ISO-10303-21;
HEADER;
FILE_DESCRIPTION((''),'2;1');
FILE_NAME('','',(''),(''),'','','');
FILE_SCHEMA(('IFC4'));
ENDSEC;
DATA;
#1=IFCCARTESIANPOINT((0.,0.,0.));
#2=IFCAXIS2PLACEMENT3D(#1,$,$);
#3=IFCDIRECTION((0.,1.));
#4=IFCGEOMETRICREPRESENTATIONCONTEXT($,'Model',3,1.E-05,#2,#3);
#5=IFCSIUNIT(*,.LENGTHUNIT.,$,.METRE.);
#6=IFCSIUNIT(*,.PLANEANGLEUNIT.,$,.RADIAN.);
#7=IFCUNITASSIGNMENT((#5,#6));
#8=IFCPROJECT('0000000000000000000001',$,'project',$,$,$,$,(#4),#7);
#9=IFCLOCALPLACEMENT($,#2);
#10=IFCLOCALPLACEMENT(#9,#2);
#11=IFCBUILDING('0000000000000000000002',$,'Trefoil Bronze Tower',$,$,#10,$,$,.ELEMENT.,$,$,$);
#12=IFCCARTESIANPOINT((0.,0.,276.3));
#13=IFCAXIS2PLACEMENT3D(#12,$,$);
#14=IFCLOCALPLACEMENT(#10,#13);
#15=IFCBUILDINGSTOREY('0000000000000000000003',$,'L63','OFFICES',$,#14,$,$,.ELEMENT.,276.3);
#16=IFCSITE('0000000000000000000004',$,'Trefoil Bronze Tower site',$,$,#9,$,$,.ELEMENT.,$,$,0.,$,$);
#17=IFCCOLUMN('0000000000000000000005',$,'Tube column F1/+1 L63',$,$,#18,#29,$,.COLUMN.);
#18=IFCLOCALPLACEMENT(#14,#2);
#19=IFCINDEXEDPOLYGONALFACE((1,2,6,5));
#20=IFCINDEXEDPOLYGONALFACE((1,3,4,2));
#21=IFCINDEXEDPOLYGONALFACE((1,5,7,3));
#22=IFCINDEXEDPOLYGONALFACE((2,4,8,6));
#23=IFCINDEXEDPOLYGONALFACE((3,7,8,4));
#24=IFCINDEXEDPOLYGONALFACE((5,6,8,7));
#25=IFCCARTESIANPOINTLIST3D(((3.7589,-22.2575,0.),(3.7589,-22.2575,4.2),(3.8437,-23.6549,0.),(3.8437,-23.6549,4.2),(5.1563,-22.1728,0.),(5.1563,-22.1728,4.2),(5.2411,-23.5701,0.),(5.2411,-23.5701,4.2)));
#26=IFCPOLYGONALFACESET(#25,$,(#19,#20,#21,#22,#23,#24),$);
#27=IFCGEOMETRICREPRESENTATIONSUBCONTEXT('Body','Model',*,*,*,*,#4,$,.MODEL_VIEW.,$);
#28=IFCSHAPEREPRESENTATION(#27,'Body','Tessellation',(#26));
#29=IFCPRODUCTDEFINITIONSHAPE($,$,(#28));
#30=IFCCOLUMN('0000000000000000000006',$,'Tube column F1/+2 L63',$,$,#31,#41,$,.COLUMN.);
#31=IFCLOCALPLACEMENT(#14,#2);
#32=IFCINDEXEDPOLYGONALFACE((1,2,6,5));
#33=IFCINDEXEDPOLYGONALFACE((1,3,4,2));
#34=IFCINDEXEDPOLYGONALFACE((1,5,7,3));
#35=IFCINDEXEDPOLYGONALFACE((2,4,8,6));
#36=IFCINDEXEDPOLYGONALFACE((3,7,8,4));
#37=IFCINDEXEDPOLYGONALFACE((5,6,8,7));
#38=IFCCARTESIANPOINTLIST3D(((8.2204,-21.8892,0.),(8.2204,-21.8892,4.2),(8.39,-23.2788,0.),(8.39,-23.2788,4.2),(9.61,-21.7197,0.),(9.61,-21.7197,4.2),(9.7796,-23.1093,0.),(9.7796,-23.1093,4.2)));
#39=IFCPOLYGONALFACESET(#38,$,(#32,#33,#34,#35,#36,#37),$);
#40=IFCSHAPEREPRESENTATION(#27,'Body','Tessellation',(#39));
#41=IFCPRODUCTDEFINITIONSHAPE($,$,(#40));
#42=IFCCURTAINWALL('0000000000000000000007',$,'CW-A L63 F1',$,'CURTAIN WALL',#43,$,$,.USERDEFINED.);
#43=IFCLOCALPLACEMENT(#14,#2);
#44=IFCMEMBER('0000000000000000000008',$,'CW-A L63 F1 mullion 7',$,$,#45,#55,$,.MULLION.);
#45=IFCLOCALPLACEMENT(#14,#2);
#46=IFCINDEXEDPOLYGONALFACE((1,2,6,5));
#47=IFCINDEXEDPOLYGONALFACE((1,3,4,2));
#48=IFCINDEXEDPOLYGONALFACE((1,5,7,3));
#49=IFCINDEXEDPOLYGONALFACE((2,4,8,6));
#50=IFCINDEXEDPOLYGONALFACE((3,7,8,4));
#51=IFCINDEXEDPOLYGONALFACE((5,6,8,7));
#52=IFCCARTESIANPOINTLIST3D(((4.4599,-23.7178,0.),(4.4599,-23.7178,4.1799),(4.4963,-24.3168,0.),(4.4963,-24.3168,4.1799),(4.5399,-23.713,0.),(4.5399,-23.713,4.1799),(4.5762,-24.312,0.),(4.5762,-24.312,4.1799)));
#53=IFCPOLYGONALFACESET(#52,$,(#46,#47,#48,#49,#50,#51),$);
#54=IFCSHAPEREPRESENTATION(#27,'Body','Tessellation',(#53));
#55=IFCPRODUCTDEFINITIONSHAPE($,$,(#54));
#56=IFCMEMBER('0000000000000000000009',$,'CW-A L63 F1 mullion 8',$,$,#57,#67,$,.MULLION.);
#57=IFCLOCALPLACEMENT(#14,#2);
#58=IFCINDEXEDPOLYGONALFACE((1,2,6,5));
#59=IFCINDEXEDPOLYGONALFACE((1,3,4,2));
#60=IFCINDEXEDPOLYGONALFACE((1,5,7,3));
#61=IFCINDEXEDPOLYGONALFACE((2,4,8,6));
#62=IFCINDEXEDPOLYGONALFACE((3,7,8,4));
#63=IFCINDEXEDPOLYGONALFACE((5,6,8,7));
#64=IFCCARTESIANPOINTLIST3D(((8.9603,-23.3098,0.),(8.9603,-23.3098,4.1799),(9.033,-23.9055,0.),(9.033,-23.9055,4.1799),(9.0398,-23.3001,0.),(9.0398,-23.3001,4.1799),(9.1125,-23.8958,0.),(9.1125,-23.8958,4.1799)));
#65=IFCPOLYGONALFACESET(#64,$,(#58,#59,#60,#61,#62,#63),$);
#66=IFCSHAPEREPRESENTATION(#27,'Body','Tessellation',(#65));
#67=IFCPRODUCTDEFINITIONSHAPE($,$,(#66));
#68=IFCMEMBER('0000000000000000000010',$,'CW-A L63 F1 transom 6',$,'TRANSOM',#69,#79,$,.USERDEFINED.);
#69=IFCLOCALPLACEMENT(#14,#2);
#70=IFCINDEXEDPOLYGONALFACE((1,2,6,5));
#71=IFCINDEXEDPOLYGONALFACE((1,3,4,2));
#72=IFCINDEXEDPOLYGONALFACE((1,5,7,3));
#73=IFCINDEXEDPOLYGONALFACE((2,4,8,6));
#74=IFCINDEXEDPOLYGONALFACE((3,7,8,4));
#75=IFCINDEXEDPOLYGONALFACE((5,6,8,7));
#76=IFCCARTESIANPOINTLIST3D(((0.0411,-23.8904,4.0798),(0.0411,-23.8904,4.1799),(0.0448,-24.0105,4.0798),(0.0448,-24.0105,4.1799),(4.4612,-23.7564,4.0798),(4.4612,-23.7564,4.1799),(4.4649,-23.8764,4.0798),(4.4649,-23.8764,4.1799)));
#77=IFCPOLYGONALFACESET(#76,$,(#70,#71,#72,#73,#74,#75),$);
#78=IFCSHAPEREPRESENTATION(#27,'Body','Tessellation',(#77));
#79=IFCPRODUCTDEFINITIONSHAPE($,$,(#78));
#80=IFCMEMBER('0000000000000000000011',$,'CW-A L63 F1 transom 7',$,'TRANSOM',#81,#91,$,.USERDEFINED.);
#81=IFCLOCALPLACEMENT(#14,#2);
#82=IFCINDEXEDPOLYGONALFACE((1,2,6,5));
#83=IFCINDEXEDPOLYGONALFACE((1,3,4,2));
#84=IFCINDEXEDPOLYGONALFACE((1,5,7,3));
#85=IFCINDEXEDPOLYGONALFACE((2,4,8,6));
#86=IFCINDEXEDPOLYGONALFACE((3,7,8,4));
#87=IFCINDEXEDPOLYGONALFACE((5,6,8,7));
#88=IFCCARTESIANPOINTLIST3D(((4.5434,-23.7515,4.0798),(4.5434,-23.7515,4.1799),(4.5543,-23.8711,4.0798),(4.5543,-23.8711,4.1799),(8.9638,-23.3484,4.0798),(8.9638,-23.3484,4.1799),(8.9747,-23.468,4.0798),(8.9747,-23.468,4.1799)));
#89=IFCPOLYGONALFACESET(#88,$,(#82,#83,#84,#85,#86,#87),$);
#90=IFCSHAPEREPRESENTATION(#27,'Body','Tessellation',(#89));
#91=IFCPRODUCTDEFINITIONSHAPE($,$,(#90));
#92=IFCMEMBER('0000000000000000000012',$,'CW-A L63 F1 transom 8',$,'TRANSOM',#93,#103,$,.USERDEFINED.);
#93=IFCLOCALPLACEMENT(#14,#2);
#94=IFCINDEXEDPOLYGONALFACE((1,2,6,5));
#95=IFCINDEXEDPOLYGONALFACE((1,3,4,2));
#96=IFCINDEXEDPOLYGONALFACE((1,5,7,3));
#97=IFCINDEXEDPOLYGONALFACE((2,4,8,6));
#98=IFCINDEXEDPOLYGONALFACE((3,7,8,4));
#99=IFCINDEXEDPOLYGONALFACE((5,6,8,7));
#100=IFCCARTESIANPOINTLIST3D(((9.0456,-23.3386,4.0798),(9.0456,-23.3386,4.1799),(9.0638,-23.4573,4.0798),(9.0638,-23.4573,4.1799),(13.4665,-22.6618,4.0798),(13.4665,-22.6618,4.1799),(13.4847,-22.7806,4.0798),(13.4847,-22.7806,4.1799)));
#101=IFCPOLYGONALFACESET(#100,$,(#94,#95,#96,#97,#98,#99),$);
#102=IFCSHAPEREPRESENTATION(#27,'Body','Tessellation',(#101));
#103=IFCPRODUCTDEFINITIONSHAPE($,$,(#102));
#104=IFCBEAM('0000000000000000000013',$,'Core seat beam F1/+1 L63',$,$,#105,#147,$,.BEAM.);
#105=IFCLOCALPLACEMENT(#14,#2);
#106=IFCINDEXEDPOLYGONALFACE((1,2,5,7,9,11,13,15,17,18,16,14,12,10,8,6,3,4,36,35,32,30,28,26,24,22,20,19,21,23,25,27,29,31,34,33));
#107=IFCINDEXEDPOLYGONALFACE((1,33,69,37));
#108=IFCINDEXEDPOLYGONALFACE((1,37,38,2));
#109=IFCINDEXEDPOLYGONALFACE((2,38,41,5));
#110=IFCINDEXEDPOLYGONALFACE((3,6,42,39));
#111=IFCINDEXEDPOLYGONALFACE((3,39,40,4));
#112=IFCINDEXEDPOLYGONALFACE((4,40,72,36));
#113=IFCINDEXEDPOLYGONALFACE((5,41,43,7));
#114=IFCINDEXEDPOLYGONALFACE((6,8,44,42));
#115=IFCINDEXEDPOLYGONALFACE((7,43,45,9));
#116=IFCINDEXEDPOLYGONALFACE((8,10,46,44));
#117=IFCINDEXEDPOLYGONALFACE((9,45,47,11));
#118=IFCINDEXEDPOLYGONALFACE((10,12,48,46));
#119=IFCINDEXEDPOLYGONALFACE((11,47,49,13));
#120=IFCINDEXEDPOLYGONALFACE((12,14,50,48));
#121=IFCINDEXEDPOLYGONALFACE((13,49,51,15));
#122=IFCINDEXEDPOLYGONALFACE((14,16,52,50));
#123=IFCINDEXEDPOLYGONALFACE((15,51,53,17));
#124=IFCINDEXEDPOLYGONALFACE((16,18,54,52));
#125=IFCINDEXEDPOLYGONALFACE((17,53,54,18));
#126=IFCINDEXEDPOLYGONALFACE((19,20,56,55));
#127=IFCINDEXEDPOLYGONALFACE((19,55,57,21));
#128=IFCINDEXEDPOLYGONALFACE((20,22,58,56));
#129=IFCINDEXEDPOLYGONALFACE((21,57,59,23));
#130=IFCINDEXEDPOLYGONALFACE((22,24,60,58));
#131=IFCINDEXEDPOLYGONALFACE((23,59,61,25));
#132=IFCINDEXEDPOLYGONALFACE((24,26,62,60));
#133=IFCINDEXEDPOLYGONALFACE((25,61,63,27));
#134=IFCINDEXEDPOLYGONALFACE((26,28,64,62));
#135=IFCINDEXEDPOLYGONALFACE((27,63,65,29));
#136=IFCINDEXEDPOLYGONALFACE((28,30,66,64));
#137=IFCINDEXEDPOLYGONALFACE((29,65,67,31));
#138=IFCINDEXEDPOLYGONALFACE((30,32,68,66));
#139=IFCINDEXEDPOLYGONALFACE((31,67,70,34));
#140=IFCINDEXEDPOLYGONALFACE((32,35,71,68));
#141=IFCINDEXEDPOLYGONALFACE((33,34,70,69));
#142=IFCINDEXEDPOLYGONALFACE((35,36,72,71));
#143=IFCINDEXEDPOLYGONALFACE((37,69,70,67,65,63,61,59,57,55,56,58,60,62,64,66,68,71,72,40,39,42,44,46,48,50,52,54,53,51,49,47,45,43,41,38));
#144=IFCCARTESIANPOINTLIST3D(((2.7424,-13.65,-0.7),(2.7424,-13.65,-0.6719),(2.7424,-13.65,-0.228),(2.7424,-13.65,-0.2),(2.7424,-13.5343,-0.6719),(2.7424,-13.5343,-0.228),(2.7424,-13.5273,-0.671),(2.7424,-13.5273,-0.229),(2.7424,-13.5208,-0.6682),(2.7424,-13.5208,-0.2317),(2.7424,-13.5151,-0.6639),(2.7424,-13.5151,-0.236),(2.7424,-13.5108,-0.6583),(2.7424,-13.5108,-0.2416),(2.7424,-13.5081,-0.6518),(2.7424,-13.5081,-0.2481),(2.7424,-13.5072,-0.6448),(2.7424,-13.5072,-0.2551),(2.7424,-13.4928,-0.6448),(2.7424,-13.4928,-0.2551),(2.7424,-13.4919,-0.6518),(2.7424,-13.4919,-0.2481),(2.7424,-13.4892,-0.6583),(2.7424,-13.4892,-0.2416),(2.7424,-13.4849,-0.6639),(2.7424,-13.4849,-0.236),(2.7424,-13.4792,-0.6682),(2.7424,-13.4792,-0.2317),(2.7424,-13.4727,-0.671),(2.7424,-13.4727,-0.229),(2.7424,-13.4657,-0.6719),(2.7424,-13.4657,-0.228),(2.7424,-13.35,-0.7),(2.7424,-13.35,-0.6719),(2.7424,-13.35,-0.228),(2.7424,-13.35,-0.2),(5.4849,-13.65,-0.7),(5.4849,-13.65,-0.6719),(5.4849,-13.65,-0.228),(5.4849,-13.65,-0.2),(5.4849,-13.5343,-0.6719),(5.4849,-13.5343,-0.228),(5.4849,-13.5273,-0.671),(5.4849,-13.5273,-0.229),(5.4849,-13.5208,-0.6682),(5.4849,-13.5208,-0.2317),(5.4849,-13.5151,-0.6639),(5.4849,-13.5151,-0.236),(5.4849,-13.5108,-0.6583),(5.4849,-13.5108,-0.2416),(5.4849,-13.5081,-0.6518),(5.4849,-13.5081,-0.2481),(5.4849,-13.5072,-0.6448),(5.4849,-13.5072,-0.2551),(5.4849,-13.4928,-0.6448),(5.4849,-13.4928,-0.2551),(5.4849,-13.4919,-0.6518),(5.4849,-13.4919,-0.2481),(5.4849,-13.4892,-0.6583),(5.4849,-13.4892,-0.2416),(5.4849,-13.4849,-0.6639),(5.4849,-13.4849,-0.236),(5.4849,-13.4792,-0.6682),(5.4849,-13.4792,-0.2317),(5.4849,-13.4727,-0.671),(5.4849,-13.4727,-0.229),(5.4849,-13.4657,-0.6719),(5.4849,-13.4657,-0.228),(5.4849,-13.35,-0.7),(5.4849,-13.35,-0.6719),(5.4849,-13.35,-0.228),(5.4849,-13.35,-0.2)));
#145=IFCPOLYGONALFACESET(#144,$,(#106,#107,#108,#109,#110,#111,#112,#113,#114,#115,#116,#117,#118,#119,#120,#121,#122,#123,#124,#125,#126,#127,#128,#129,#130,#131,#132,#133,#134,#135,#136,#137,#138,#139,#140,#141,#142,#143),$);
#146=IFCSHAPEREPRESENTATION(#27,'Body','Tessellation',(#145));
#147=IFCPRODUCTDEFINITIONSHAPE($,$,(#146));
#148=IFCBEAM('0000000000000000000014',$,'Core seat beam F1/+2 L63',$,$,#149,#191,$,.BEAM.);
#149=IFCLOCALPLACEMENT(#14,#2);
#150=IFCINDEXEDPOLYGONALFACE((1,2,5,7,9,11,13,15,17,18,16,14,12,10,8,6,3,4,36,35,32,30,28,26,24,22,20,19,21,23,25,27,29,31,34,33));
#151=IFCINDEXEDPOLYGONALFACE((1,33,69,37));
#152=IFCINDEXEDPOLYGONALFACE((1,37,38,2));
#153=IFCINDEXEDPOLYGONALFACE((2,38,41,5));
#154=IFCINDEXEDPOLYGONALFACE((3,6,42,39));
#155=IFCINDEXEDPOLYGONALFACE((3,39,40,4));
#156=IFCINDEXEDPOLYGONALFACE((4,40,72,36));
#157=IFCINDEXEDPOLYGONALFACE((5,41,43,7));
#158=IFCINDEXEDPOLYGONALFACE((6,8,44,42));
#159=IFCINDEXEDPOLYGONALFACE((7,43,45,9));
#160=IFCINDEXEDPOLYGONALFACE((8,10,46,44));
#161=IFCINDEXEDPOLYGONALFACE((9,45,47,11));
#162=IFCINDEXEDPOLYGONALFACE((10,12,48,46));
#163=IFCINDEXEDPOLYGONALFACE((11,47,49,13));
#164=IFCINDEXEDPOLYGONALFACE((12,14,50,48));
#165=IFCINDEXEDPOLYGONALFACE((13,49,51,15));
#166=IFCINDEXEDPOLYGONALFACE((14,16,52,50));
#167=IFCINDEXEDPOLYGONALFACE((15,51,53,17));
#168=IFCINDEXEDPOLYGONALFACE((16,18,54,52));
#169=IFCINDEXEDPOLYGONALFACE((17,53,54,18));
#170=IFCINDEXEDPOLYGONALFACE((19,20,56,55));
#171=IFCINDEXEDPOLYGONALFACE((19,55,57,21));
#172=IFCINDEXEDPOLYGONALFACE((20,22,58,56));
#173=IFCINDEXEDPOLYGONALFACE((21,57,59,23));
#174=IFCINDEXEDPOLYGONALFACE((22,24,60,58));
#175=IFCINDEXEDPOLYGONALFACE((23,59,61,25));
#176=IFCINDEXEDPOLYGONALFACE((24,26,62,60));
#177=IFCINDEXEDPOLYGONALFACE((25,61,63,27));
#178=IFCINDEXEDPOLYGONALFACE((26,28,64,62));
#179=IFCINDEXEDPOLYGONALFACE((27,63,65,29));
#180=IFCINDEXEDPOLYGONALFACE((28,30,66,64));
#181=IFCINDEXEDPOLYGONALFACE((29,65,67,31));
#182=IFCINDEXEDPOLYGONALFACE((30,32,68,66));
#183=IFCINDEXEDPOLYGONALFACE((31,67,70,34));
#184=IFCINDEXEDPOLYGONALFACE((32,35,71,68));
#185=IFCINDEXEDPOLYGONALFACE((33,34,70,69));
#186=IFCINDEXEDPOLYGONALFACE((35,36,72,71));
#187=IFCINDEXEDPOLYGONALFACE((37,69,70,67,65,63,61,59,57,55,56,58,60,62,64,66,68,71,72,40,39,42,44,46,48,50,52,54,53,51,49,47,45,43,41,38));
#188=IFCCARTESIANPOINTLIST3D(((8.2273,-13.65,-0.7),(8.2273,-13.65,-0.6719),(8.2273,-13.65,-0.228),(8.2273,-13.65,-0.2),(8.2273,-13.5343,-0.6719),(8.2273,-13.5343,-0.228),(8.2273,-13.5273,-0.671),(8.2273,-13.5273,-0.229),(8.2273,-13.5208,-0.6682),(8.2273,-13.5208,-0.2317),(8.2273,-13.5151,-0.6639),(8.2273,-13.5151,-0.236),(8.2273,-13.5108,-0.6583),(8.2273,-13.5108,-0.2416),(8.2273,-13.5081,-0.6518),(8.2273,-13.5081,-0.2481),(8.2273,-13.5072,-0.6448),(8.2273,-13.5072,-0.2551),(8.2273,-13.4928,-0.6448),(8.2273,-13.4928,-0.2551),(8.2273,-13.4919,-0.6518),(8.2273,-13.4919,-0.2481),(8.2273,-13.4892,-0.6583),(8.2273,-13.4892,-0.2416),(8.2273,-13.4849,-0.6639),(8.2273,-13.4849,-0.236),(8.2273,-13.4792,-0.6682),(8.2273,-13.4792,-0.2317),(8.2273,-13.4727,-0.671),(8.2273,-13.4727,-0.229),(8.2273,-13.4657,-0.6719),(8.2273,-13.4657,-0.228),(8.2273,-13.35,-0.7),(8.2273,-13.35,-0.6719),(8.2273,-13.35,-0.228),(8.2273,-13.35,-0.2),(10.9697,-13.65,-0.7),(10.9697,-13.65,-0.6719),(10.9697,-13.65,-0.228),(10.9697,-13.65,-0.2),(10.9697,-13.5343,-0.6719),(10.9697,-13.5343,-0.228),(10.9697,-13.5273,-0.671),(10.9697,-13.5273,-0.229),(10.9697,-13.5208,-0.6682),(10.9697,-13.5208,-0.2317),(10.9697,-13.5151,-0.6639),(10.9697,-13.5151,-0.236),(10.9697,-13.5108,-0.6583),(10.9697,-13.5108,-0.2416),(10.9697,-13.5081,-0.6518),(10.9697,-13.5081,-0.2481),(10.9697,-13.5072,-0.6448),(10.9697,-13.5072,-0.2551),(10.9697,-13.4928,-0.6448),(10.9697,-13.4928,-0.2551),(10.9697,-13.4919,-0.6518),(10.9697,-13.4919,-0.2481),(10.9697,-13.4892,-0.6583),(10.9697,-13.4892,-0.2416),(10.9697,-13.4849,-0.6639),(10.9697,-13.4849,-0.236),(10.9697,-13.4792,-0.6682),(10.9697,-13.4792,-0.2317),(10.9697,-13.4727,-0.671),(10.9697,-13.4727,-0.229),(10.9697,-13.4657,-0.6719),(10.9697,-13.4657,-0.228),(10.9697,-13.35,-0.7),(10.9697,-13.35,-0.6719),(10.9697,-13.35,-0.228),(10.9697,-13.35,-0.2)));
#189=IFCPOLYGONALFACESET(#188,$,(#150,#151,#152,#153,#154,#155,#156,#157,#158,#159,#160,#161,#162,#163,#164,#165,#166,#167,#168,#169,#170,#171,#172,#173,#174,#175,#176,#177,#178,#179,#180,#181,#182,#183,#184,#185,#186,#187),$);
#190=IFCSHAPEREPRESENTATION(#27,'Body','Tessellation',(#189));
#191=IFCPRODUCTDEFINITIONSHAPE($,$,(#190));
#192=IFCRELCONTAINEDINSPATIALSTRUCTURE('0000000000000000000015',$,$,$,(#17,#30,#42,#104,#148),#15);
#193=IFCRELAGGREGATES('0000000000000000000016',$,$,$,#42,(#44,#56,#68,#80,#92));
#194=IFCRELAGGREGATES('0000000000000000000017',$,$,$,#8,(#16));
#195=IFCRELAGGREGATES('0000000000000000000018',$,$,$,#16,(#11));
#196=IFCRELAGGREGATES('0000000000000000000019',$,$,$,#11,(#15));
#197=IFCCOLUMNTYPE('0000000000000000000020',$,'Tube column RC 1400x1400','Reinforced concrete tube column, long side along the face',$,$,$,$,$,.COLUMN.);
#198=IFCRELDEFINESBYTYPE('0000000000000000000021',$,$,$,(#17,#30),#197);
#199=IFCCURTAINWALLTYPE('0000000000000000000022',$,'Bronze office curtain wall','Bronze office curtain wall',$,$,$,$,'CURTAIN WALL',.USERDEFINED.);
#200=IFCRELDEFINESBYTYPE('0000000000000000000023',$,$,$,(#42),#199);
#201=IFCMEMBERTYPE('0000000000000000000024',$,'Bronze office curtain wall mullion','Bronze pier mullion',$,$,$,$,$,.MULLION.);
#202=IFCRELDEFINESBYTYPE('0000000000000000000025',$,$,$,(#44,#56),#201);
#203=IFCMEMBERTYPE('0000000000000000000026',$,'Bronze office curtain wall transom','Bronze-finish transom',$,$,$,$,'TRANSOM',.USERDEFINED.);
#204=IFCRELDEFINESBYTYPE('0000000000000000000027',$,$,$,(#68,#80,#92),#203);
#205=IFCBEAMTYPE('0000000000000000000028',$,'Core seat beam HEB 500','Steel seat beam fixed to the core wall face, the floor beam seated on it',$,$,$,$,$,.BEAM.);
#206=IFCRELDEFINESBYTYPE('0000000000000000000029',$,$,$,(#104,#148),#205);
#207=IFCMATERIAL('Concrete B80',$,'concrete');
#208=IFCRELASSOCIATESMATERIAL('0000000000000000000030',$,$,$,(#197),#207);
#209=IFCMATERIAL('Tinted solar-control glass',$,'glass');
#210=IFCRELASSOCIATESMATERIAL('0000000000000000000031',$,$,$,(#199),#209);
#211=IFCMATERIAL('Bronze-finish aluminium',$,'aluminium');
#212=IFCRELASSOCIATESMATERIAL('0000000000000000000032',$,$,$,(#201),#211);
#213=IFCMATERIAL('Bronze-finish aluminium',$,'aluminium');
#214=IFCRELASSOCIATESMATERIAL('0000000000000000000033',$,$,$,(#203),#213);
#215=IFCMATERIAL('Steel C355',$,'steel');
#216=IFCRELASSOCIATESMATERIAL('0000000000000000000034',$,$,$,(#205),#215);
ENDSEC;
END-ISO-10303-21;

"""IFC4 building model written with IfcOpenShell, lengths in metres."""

from ifc_helpers import new_model, si_unit, direction, frame, origin, origin_2d, place, context, subcontext, project, spatial, rectangle, i_section, extrude, material, material_profile, profile_set, type_object, element, aggregate, save


model = new_model("IFC4")

# Units and contexts
model_context = context("Model", 3, precision=1e-05, world=origin(), true_north=direction((0.0, 1.0)))
body_context = subcontext(model_context, "Body", "Model", "MODEL_VIEW")
ifc_project = project(units=[si_unit("LENGTHUNIT", "METRE"), si_unit("PLANEANGLEUNIT", "RADIAN")], contexts=[model_context])

# Site, building, storey
site_placement = place(None, origin())
site = spatial("IfcSite", under=ifc_project, at=site_placement, Name="Trefoil Bronze Tower site", CompositionType="ELEMENT", RefElevation=0.0)
building_placement = place(site_placement, origin())
building = spatial("IfcBuilding", under=site, at=building_placement, Name="Trefoil Bronze Tower", CompositionType="ELEMENT")
storey_placement = place(building_placement, frame((0.0, 0.0, 276.3)))
storey = spatial("IfcBuildingStorey", under=building, at=storey_placement, Name="L63", Description="OFFICES", CompositionType="ELEMENT", Elevation=276.3)

# Columns
ifc_material_1 = material(Name="Concrete B80", Category="concrete")
ifc_material_profile_1 = material_profile(ifc_material_1, rectangle(XDim=1.3999, YDim=1.3999, at=origin_2d()), Name="RC 1400x1400")
ifc_profile_set_1 = profile_set([ifc_material_profile_1], Name="Concrete B80")
column_type = type_object("IfcColumnType", Name="Tube column RC 1400x1400", Description="Reinforced concrete tube column, long side along the face", PredefinedType="COLUMN", material=ifc_profile_set_1)
for number, where, z_axis, x_axis, name in (
    (1, (4.5, -22.9138, 0.0), (0.0, 0.0, 1.0), (0.998165, 0.060554, 0.0), "Tube column F1/+1 L63"),
    (2, (9.0, -22.4993, 0.0), (0.0, 0.0, 1.0), (0.992639, 0.121109, 0.0), "Tube column F1/+2 L63"),
):
    element("IfcColumn", number, at=place(storey_placement, frame(where, z_axis=z_axis, x_axis=x_axis)), inside=storey, type_object=column_type, Name=name, PredefinedType="COLUMN", context=body_context, shape_type="SweptSolid", body=[
        extrude(rectangle(XDim=1.3999, YDim=1.3999, at=origin_2d()), origin(), (0.0, 0.0, 1.0), 4.2),
    ])

# Curtain wall, members
ifc_material_2 = material(Name="Tinted solar-control glass", Category="glass")
curtain_wall_type = type_object("IfcCurtainWallType", Name="Bronze office curtain wall", Description="Bronze office curtain wall", ElementType="CURTAIN WALL", PredefinedType="USERDEFINED", material=ifc_material_2)
curtain_wall_placement = place(storey_placement, origin())
curtain_wall = element("IfcCurtainWall", 3, at=curtain_wall_placement, inside=storey, type_object=curtain_wall_type, Name="CW-A L63 F1", ObjectType="CURTAIN WALL", PredefinedType="USERDEFINED")
ifc_material_3 = material(Name="Bronze-finish aluminium", Category="aluminium")
ifc_material_profile_2 = material_profile(ifc_material_3, rectangle(XDim=0.6001, YDim=0.0801, at=origin_2d()), Name="CW-A mullion")
ifc_profile_set_2 = profile_set([ifc_material_profile_2], Name="Bronze-finish aluminium")
member_type_1 = type_object("IfcMemberType", Name="Bronze office curtain wall mullion", Description="Bronze pier mullion", PredefinedType="MULLION", material=ifc_profile_set_2)
member_1_placement = place(storey_placement, frame((4.5181, -24.0149, 0.0), z_axis=(0.0, 0.0, 1.0), x_axis=(-0.060554, 0.998165, 0.0)))
member_1 = element("IfcMember", 4, at=member_1_placement, type_object=member_type_1, Name="CW-A L63 F1 mullion 7", PredefinedType="MULLION", context=body_context, shape_type="SweptSolid", body=[
    extrude(rectangle(XDim=0.6001, YDim=0.0801, at=origin_2d()), origin(), (0.0, 0.0, 1.0), 4.1799),
])
member_2_placement = place(storey_placement, frame((9.0364, -23.6028, 0.0), z_axis=(0.0, 0.0, 1.0), x_axis=(-0.121109, 0.992639, 0.0)))
member_2 = element("IfcMember", 5, at=member_2_placement, type_object=member_type_1, Name="CW-A L63 F1 mullion 8", PredefinedType="MULLION", context=body_context, shape_type="SweptSolid", body=[
    extrude(rectangle(XDim=0.6001, YDim=0.0801, at=origin_2d()), origin(), (0.0, 0.0, 1.0), 4.1799),
])
ifc_material_4 = material(Name="Bronze-finish aluminium", Category="aluminium")
ifc_material_profile_3 = material_profile(ifc_material_4, rectangle(XDim=0.1201, YDim=0.1001, at=origin_2d()), Name="CW-A transom")
ifc_profile_set_3 = profile_set([ifc_material_profile_3], Name="Bronze-finish aluminium")
member_type_2 = type_object("IfcMemberType", Name="Bronze office curtain wall transom", Description="Bronze-finish transom", ElementType="TRANSOM", PredefinedType="USERDEFINED", material=ifc_profile_set_3)
member_3_placement = place(storey_placement, frame((0.043, -23.9504, 4.1299), z_axis=(0.999541, 0.030309, 0.0), x_axis=(-0.030309, 0.999541, 0.0)))
member_3 = element("IfcMember", 6, at=member_3_placement, type_object=member_type_2, Name="CW-A L63 F1 transom 6", ObjectType="TRANSOM", PredefinedType="USERDEFINED", context=body_context, shape_type="SweptSolid", body=[
    extrude(rectangle(XDim=0.1201, YDim=0.1001, at=origin_2d()), origin(), (0.0, 0.0, 1.0), 4.4221),
])
member_4_placement = place(storey_placement, frame((4.5488, -23.8113, 4.1299), z_axis=(0.995868, 0.090808, 0.0), x_axis=(-0.090808, 0.995868, 0.0)))
member_4 = element("IfcMember", 7, at=member_4_placement, type_object=member_type_2, Name="CW-A L63 F1 transom 7", ObjectType="TRANSOM", PredefinedType="USERDEFINED", context=body_context, shape_type="SweptSolid", body=[
    extrude(rectangle(XDim=0.1201, YDim=0.1001, at=origin_2d()), origin(), (0.0, 0.0, 1.0), 4.4387),
])
member_5_placement = place(storey_placement, frame((9.0547, -23.3979, 4.1299), z_axis=(0.988485, 0.151319, 0.0), x_axis=(-0.151319, 0.988485, 0.0)))
member_5 = element("IfcMember", 8, at=member_5_placement, type_object=member_type_2, Name="CW-A L63 F1 transom 8", ObjectType="TRANSOM", PredefinedType="USERDEFINED", context=body_context, shape_type="SweptSolid", body=[
    extrude(rectangle(XDim=0.1201, YDim=0.1001, at=origin_2d()), origin(), (0.0, 0.0, 1.0), 4.4724),
])

# Beams
ifc_material_5 = material(Name="Steel C355", Category="steel")
ifc_material_profile_4 = material_profile(ifc_material_5, i_section(OverallWidth=0.3, OverallDepth=0.5, WebThickness=0.0144, FlangeThickness=0.0281, FilletRadius=0.0271, at=origin_2d()), Name="HEB 500")
ifc_profile_set_4 = profile_set([ifc_material_profile_4], Name="Steel C355")
beam_type_1 = type_object("IfcBeamType", Name="Core seat beam HEB 500", Description="Steel seat beam fixed to the core wall face, the floor beam seated on it", PredefinedType="BEAM", material=ifc_profile_set_4)
for number, where, z_axis, x_axis, name in (
    (9, (2.7424, -13.5, -0.45), (1.0, 0.0, 0.0), (0.0, 1.0, 0.0), "Core seat beam F1/+1 L63"),
    (10, (8.2273, -13.5, -0.45), (1.0, 0.0, 0.0), (0.0, 1.0, 0.0), "Core seat beam F1/+2 L63"),
):
    element("IfcBeam", number, at=place(storey_placement, frame(where, z_axis=z_axis, x_axis=x_axis)), inside=storey, type_object=beam_type_1, Name=name, PredefinedType="BEAM", context=body_context, shape_type="SweptSolid", body=[
        extrude(i_section(OverallWidth=0.3, OverallDepth=0.5, WebThickness=0.0144, FlangeThickness=0.0281, FilletRadius=0.0271, at=origin_2d()), origin(), (0.0, 0.0, 1.0), 2.7424),
    ])

aggregate(curtain_wall, [member_1, member_2, member_3, member_4, member_5])

save(model, "model.ifc")
